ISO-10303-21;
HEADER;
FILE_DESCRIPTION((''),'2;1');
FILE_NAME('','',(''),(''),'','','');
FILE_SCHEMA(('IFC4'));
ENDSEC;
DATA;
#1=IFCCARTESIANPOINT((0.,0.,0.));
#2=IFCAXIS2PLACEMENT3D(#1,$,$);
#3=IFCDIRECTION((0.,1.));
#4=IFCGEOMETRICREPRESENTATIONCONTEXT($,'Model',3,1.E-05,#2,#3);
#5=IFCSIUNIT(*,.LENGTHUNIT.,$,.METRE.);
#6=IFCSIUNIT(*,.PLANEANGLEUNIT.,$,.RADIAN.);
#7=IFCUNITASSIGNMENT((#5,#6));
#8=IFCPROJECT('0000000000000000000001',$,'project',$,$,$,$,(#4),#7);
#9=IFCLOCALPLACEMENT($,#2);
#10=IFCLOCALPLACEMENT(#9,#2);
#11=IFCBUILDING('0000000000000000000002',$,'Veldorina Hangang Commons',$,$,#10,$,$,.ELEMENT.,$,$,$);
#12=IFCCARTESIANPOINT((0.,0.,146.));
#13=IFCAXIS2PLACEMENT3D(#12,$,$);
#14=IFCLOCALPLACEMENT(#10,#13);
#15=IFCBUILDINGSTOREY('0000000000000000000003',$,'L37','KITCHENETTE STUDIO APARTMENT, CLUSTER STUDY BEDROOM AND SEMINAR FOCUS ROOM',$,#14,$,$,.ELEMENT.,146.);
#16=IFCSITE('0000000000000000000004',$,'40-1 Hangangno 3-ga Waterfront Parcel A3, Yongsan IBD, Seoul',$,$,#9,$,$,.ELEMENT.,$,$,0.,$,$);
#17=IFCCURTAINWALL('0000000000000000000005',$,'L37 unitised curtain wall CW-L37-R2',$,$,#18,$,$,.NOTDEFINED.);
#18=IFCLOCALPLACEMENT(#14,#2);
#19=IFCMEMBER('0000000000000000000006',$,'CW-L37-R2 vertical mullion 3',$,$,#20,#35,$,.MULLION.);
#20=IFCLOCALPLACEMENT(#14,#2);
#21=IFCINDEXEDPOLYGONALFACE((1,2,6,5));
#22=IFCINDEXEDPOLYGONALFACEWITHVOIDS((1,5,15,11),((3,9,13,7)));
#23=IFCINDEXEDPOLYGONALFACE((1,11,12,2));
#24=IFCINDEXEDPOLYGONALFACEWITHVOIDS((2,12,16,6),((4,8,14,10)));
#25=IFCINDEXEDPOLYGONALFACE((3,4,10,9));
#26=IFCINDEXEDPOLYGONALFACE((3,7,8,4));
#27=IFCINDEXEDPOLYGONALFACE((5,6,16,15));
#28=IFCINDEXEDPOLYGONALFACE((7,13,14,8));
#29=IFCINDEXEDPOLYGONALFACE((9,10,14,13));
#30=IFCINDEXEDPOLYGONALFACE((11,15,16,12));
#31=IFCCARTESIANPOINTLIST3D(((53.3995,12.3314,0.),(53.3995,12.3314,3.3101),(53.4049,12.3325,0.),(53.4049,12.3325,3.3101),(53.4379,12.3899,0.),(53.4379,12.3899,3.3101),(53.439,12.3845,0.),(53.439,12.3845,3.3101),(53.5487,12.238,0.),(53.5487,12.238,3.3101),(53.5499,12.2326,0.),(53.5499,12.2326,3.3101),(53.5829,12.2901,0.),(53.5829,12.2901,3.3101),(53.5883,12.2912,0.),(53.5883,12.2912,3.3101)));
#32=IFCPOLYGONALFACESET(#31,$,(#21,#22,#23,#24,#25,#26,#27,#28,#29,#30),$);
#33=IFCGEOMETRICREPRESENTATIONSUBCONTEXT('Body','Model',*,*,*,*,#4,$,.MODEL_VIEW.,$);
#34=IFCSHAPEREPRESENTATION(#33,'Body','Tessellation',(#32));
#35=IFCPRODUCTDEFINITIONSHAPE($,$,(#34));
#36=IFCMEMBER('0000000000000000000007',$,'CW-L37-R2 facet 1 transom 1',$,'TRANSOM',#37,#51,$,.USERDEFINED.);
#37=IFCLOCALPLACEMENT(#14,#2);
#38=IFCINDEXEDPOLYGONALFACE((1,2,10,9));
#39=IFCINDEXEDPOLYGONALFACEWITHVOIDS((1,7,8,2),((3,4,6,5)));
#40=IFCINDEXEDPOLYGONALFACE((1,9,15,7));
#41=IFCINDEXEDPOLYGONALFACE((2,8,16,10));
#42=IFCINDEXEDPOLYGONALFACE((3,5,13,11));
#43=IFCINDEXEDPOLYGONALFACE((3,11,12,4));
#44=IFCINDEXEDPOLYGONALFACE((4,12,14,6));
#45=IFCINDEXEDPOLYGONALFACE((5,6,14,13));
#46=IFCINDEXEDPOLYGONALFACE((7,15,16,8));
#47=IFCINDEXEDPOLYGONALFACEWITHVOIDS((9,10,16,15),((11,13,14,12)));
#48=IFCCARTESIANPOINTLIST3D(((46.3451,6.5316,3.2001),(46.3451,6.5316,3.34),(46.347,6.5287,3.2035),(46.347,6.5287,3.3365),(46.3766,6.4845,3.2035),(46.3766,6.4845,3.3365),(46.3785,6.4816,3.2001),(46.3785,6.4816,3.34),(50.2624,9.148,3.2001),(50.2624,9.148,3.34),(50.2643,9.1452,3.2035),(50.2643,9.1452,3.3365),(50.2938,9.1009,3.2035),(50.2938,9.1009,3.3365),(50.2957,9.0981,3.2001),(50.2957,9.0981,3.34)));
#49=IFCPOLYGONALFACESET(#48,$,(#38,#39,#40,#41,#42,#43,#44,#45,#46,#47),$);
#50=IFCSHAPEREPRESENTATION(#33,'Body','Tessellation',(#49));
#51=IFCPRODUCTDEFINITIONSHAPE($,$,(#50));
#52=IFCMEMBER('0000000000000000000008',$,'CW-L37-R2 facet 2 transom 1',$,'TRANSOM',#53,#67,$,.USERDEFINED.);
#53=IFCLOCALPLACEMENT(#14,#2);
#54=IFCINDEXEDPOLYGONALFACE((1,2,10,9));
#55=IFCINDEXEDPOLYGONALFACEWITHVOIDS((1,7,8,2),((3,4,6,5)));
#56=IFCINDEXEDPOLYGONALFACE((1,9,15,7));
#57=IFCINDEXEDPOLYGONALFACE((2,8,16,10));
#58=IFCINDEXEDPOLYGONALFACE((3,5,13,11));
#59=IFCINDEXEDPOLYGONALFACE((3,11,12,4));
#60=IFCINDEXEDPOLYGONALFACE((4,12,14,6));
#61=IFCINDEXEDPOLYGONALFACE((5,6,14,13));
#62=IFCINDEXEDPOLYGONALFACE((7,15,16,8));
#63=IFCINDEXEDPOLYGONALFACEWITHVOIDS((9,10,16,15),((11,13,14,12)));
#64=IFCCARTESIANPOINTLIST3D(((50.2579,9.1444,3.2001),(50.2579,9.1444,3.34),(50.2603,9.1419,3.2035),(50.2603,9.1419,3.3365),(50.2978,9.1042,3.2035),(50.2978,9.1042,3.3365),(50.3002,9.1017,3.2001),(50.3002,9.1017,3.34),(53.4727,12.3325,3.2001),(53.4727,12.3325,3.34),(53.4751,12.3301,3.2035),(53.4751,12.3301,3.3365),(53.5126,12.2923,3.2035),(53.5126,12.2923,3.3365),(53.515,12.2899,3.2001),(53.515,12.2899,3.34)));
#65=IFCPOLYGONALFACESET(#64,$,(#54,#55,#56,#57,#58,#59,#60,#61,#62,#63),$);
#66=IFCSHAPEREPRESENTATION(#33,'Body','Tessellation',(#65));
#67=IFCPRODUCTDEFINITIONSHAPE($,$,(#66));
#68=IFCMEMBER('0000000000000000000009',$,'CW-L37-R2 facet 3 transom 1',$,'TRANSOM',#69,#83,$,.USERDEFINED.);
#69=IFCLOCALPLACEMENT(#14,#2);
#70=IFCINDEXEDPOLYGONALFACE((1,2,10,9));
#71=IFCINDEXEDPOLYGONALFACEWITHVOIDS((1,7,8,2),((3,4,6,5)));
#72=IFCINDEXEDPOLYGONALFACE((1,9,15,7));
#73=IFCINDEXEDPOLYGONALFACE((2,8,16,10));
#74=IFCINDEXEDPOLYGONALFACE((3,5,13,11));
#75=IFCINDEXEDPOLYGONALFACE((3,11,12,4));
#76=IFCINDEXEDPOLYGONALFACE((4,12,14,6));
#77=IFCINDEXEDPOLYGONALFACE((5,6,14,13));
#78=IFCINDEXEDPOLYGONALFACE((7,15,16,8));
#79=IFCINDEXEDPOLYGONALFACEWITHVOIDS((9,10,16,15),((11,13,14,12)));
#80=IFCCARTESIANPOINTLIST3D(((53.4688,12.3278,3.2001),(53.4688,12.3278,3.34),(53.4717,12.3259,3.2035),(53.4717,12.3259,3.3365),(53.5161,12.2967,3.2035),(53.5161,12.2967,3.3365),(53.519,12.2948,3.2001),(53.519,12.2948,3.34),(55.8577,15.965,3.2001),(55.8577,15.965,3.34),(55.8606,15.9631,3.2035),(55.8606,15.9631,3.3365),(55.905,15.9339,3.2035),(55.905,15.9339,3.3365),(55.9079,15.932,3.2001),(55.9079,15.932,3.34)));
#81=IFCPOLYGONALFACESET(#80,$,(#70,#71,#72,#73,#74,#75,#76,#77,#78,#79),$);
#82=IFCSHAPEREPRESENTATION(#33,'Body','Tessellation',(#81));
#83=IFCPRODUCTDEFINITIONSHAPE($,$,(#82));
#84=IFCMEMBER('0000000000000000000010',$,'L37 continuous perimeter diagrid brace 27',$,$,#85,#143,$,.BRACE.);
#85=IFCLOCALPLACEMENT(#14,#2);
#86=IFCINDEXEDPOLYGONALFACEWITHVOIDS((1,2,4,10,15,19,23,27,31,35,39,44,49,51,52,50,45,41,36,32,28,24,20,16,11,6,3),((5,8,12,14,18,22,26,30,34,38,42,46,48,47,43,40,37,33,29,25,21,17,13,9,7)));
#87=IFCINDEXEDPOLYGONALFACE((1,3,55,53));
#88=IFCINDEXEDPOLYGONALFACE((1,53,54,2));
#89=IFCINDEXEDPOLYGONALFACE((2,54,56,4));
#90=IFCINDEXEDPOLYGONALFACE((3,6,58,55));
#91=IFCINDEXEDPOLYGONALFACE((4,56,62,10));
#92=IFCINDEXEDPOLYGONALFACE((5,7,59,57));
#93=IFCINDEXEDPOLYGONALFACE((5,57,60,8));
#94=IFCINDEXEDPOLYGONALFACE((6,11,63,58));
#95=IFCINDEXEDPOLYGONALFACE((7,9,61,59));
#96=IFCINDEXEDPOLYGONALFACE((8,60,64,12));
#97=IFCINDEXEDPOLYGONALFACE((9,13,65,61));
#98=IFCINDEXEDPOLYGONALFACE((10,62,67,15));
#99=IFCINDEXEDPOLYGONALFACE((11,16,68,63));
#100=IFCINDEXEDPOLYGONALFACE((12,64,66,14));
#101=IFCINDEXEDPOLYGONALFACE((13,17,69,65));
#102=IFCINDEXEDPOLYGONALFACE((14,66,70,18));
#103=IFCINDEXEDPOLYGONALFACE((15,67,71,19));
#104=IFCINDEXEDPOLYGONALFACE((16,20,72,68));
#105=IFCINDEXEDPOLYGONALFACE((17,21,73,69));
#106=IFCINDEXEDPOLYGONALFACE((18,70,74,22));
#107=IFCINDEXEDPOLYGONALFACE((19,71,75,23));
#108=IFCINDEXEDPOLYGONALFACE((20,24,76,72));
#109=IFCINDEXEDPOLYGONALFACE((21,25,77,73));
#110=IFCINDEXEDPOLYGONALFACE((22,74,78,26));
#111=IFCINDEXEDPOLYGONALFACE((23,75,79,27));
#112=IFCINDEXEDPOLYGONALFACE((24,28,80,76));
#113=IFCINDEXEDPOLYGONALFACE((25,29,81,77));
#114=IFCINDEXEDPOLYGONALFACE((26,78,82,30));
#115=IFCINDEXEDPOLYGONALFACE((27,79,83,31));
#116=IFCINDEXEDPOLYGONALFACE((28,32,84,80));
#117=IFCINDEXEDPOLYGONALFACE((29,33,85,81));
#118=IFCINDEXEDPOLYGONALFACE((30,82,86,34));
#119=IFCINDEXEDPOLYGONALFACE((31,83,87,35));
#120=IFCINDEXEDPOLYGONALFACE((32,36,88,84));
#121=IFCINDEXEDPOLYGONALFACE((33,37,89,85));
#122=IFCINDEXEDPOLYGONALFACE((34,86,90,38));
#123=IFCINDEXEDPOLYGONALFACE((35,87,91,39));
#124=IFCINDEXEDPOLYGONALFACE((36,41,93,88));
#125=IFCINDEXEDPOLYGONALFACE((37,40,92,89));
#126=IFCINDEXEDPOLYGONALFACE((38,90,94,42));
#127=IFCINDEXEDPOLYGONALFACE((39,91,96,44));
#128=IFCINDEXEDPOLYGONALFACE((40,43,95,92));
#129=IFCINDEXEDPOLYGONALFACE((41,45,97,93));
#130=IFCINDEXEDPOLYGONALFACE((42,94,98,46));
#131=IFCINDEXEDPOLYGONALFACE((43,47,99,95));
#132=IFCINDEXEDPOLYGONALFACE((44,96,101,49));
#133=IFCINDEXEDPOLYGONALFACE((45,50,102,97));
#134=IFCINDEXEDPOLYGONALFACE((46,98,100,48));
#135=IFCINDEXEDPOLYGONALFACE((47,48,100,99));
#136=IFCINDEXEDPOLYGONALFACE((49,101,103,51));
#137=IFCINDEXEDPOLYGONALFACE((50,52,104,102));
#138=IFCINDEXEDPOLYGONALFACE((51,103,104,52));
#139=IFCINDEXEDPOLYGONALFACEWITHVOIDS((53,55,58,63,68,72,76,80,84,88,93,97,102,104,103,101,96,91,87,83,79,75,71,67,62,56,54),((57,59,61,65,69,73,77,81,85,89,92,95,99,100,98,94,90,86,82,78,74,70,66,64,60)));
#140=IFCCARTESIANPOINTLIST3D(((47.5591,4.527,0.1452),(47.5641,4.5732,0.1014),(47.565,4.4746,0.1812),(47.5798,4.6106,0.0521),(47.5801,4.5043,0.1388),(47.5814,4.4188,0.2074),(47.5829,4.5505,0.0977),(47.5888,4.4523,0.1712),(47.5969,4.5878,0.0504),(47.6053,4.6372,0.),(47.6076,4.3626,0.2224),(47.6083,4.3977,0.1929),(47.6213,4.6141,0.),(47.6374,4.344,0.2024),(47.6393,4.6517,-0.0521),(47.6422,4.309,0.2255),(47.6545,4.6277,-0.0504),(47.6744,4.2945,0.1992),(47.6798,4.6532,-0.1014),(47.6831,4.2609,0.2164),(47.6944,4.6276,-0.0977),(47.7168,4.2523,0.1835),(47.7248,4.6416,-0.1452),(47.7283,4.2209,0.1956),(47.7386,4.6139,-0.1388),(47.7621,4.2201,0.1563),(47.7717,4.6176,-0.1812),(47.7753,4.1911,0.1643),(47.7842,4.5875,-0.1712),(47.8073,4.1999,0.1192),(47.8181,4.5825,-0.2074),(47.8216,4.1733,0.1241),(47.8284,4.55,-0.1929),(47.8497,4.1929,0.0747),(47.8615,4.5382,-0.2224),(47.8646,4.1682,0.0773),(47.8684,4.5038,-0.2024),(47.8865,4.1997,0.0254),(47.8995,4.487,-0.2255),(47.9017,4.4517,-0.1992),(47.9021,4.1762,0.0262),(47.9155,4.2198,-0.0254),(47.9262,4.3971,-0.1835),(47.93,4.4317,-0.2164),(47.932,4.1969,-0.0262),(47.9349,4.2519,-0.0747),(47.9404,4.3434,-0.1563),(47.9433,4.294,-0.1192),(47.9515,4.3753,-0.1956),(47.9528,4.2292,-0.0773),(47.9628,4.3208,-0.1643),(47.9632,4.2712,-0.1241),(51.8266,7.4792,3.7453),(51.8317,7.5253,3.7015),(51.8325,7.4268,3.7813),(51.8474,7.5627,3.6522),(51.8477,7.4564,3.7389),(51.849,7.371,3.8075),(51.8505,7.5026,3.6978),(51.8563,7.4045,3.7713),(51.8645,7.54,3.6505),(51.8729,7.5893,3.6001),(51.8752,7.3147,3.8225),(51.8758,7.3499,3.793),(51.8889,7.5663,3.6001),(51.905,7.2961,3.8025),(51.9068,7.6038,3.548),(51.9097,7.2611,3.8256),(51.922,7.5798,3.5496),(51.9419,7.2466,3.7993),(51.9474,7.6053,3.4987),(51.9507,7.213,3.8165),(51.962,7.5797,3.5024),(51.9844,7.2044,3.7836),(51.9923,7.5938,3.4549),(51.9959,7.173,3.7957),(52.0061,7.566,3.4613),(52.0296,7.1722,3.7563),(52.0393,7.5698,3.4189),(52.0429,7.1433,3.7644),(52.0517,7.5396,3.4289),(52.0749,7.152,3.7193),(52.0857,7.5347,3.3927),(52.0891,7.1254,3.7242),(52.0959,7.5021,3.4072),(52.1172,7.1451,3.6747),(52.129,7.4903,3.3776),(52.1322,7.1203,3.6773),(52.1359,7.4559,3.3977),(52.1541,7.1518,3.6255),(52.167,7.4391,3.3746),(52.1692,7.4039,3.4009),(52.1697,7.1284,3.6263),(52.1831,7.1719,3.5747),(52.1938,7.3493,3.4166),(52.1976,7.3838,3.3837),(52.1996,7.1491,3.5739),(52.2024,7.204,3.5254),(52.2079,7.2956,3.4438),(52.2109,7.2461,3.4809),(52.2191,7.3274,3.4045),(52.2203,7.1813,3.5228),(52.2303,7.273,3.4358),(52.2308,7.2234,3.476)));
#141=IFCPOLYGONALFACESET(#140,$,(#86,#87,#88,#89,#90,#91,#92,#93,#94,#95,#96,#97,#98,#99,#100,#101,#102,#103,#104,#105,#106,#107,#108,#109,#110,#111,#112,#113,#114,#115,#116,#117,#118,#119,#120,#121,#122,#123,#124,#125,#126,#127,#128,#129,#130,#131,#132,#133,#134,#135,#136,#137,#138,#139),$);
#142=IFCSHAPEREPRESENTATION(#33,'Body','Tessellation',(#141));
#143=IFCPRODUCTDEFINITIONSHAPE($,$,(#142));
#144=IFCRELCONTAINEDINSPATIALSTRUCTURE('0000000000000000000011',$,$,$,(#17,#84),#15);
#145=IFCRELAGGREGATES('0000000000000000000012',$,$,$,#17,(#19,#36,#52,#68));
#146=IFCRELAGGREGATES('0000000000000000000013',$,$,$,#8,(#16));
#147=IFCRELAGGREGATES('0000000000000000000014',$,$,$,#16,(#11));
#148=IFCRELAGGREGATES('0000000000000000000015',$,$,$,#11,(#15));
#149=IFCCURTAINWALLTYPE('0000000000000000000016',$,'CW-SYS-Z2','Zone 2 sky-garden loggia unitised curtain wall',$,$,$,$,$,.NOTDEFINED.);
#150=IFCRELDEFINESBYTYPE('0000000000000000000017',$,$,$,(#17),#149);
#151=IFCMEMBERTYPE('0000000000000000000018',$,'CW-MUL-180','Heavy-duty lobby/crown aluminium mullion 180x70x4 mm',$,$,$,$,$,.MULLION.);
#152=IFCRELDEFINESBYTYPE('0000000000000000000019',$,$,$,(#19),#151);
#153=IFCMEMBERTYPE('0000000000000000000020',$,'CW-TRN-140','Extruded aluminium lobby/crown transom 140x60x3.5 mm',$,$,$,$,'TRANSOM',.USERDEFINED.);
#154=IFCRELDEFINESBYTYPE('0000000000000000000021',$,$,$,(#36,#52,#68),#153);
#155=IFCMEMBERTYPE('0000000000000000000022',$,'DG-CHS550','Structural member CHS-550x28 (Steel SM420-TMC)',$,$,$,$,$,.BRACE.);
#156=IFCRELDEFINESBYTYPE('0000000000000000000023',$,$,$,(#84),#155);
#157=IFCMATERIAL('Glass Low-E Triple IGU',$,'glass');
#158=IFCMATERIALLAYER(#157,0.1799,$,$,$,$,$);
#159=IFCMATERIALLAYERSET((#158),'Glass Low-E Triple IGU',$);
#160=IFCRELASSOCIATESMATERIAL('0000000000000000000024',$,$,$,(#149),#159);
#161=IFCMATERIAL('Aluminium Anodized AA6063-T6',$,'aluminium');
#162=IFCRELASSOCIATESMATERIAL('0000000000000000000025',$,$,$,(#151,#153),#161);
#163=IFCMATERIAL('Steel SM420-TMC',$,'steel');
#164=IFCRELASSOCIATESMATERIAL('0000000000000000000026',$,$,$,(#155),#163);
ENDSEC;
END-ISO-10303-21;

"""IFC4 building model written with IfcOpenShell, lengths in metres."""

from ifc_helpers import new_model, si_unit, direction, frame, origin, origin_2d, place, context, subcontext, project, spatial, hollow_rectangle, hollow_circle, extrude, material, layer, layer_set, material_profile, profile_set, type_object, element, aggregate, save


model = new_model("IFC4")

# Units and contexts
model_context = context("Model", 3, precision=1e-05, world=origin(), true_north=direction((0.0, 1.0)))
body_context = subcontext(model_context, "Body", "Model", "MODEL_VIEW")
ifc_project = project(units=[si_unit("LENGTHUNIT", "METRE"), si_unit("PLANEANGLEUNIT", "RADIAN")], contexts=[model_context])

# Site, building, storey
site_placement = place(None, origin())
site = spatial("IfcSite", under=ifc_project, at=site_placement, Name="40-1 Hangangno 3-ga Waterfront Parcel A3, Yongsan IBD, Seoul", CompositionType="ELEMENT", RefElevation=0.0)
building_placement = place(site_placement, origin())
building = spatial("IfcBuilding", under=site, at=building_placement, Name="Veldorina Hangang Commons", CompositionType="ELEMENT")
storey_placement = place(building_placement, frame((0.0, 0.0, 146.0)))
storey = spatial("IfcBuildingStorey", under=building, at=storey_placement, Name="L37", Description="KITCHENETTE STUDIO APARTMENT, CLUSTER STUDY BEDROOM AND SEMINAR FOCUS ROOM", CompositionType="ELEMENT", Elevation=146.0)

# Shared definitions
ifc_material_1 = material(Name="Steel SM420-TMC", Category="steel")

# Curtain wall, members
ifc_material_2 = material(Name="Glass Low-E Triple IGU", Category="glass")
ifc_layer_1 = layer(ifc_material_2, 0.1799)
ifc_layer_set_1 = layer_set([ifc_layer_1], Name="Glass Low-E Triple IGU")
curtain_wall_type = type_object("IfcCurtainWallType", Name="CW-SYS-Z2", Description="Zone 2 sky-garden loggia unitised curtain wall", PredefinedType="NOTDEFINED", material=ifc_layer_set_1)
curtain_wall_placement = place(storey_placement, origin())
curtain_wall = element("IfcCurtainWall", 1, at=curtain_wall_placement, inside=storey, type_object=curtain_wall_type, Name="L37 unitised curtain wall CW-L37-R2", PredefinedType="NOTDEFINED")
ifc_material_3 = material(Name="Aluminium Anodized AA6063-T6", Category="aluminium")
ifc_material_profile_1 = material_profile(ifc_material_3, hollow_rectangle(XDim=0.0701, YDim=0.1799, WallThickness=0.0039, at=origin_2d()), Name="ALU-RHS-180x70x4")
ifc_profile_set_1 = profile_set([ifc_material_profile_1], Name="Aluminium Anodized AA6063-T6")
member_type_1 = type_object("IfcMemberType", Name="CW-MUL-180", Description="Heavy-duty lobby/crown aluminium mullion 180x70x4 mm", PredefinedType="MULLION", material=ifc_profile_set_1)
member_1_placement = place(storey_placement, frame((53.4939, 12.3113, 0.0), z_axis=(0.0, 0.0, 1.0), x_axis=(0.548935, 0.835865, 0.0)))
member_1 = element("IfcMember", 2, at=member_1_placement, type_object=member_type_1, Name="CW-L37-R2 vertical mullion 3", PredefinedType="MULLION", context=body_context, shape_type="SweptSolid", body=[
    extrude(hollow_rectangle(XDim=0.0701, YDim=0.1799, WallThickness=0.0039, at=origin_2d()), origin(), (0.0, 0.0, 1.0), 3.3101),
])
ifc_material_profile_2 = material_profile(ifc_material_3, hollow_rectangle(XDim=0.0601, YDim=0.1399, WallThickness=0.0034, at=origin_2d()), Name="ALU-RHS-140x60x3.5")
ifc_profile_set_2 = profile_set([ifc_material_profile_2], Name="Aluminium Anodized AA6063-T6")
member_type_2 = type_object("IfcMemberType", Name="CW-TRN-140", Description="Extruded aluminium lobby/crown transom 140x60x3.5 mm", ElementType="TRANSOM", PredefinedType="USERDEFINED", material=ifc_profile_set_2)
member_2_placement = place(storey_placement, frame((46.3618, 6.5066, 3.27), z_axis=(0.831564, 0.55543, 0.0), x_axis=(-0.55543, 0.831564, 0.0)))
member_2 = element("IfcMember", 3, at=member_2_placement, type_object=member_type_2, Name="CW-L37-R2 facet 1 transom 1", ObjectType="TRANSOM", PredefinedType="USERDEFINED", context=body_context, shape_type="SweptSolid", body=[
    extrude(hollow_rectangle(XDim=0.0601, YDim=0.1399, WallThickness=0.0034, at=origin_2d()), origin(), (0.0, 0.0, 1.0), 4.7107),
])
member_3_placement = place(storey_placement, frame((50.2791, 9.123, 3.27), z_axis=(0.710039, 0.704162, 0.0), x_axis=(-0.704162, 0.710039, 0.0)))
member_3 = element("IfcMember", 4, at=member_3_placement, type_object=member_type_2, Name="CW-L37-R2 facet 2 transom 1", ObjectType="TRANSOM", PredefinedType="USERDEFINED", context=body_context, shape_type="SweptSolid", body=[
    extrude(hollow_rectangle(XDim=0.0601, YDim=0.1399, WallThickness=0.0034, at=origin_2d()), origin(), (0.0, 0.0, 1.0), 4.5276),
])
member_4_placement = place(storey_placement, frame((53.4939, 12.3113, 3.27), z_axis=(0.548977, 0.835837, 0.0), x_axis=(-0.835837, 0.548977, 0.0)))
member_4 = element("IfcMember", 5, at=member_4_placement, type_object=member_type_2, Name="CW-L37-R2 facet 3 transom 1", ObjectType="TRANSOM", PredefinedType="USERDEFINED", context=body_context, shape_type="SweptSolid", body=[
    extrude(hollow_rectangle(XDim=0.0601, YDim=0.1399, WallThickness=0.0034, at=origin_2d()), origin(), (0.0, 0.0, 1.0), 4.3516),
])

# Member
ifc_material_profile_3 = material_profile(ifc_material_1, hollow_circle(Radius=0.2749, WallThickness=0.0281, at=origin_2d()), Name="CHS-550x28")
ifc_profile_set_3 = profile_set([ifc_material_profile_3], Name="Steel SM420-TMC")
member_type_3 = type_object("IfcMemberType", Name="DG-CHS550", Description="Structural member CHS-550x28 (Steel SM420-TMC)", PredefinedType="BRACE", material=ifc_profile_set_3)
member_5_placement = place(storey_placement, frame((47.7617, 4.4111, 0.0), z_axis=(0.675709, 0.46743, 0.570023), x_axis=(-0.568907, 0.822402, 0.0)))
element("IfcMember", 6, at=member_5_placement, inside=storey, type_object=member_type_3, Name="L37 continuous perimeter diagrid brace 27", PredefinedType="BRACE", context=body_context, shape_type="SweptSolid", body=[
    extrude(hollow_circle(Radius=0.2749, WallThickness=0.0281, at=origin_2d()), origin(), (0.0, 0.0, 1.0), 6.3157),
])

aggregate(curtain_wall, [member_1, member_2, member_3, member_4])

save(model, "model.ifc")
